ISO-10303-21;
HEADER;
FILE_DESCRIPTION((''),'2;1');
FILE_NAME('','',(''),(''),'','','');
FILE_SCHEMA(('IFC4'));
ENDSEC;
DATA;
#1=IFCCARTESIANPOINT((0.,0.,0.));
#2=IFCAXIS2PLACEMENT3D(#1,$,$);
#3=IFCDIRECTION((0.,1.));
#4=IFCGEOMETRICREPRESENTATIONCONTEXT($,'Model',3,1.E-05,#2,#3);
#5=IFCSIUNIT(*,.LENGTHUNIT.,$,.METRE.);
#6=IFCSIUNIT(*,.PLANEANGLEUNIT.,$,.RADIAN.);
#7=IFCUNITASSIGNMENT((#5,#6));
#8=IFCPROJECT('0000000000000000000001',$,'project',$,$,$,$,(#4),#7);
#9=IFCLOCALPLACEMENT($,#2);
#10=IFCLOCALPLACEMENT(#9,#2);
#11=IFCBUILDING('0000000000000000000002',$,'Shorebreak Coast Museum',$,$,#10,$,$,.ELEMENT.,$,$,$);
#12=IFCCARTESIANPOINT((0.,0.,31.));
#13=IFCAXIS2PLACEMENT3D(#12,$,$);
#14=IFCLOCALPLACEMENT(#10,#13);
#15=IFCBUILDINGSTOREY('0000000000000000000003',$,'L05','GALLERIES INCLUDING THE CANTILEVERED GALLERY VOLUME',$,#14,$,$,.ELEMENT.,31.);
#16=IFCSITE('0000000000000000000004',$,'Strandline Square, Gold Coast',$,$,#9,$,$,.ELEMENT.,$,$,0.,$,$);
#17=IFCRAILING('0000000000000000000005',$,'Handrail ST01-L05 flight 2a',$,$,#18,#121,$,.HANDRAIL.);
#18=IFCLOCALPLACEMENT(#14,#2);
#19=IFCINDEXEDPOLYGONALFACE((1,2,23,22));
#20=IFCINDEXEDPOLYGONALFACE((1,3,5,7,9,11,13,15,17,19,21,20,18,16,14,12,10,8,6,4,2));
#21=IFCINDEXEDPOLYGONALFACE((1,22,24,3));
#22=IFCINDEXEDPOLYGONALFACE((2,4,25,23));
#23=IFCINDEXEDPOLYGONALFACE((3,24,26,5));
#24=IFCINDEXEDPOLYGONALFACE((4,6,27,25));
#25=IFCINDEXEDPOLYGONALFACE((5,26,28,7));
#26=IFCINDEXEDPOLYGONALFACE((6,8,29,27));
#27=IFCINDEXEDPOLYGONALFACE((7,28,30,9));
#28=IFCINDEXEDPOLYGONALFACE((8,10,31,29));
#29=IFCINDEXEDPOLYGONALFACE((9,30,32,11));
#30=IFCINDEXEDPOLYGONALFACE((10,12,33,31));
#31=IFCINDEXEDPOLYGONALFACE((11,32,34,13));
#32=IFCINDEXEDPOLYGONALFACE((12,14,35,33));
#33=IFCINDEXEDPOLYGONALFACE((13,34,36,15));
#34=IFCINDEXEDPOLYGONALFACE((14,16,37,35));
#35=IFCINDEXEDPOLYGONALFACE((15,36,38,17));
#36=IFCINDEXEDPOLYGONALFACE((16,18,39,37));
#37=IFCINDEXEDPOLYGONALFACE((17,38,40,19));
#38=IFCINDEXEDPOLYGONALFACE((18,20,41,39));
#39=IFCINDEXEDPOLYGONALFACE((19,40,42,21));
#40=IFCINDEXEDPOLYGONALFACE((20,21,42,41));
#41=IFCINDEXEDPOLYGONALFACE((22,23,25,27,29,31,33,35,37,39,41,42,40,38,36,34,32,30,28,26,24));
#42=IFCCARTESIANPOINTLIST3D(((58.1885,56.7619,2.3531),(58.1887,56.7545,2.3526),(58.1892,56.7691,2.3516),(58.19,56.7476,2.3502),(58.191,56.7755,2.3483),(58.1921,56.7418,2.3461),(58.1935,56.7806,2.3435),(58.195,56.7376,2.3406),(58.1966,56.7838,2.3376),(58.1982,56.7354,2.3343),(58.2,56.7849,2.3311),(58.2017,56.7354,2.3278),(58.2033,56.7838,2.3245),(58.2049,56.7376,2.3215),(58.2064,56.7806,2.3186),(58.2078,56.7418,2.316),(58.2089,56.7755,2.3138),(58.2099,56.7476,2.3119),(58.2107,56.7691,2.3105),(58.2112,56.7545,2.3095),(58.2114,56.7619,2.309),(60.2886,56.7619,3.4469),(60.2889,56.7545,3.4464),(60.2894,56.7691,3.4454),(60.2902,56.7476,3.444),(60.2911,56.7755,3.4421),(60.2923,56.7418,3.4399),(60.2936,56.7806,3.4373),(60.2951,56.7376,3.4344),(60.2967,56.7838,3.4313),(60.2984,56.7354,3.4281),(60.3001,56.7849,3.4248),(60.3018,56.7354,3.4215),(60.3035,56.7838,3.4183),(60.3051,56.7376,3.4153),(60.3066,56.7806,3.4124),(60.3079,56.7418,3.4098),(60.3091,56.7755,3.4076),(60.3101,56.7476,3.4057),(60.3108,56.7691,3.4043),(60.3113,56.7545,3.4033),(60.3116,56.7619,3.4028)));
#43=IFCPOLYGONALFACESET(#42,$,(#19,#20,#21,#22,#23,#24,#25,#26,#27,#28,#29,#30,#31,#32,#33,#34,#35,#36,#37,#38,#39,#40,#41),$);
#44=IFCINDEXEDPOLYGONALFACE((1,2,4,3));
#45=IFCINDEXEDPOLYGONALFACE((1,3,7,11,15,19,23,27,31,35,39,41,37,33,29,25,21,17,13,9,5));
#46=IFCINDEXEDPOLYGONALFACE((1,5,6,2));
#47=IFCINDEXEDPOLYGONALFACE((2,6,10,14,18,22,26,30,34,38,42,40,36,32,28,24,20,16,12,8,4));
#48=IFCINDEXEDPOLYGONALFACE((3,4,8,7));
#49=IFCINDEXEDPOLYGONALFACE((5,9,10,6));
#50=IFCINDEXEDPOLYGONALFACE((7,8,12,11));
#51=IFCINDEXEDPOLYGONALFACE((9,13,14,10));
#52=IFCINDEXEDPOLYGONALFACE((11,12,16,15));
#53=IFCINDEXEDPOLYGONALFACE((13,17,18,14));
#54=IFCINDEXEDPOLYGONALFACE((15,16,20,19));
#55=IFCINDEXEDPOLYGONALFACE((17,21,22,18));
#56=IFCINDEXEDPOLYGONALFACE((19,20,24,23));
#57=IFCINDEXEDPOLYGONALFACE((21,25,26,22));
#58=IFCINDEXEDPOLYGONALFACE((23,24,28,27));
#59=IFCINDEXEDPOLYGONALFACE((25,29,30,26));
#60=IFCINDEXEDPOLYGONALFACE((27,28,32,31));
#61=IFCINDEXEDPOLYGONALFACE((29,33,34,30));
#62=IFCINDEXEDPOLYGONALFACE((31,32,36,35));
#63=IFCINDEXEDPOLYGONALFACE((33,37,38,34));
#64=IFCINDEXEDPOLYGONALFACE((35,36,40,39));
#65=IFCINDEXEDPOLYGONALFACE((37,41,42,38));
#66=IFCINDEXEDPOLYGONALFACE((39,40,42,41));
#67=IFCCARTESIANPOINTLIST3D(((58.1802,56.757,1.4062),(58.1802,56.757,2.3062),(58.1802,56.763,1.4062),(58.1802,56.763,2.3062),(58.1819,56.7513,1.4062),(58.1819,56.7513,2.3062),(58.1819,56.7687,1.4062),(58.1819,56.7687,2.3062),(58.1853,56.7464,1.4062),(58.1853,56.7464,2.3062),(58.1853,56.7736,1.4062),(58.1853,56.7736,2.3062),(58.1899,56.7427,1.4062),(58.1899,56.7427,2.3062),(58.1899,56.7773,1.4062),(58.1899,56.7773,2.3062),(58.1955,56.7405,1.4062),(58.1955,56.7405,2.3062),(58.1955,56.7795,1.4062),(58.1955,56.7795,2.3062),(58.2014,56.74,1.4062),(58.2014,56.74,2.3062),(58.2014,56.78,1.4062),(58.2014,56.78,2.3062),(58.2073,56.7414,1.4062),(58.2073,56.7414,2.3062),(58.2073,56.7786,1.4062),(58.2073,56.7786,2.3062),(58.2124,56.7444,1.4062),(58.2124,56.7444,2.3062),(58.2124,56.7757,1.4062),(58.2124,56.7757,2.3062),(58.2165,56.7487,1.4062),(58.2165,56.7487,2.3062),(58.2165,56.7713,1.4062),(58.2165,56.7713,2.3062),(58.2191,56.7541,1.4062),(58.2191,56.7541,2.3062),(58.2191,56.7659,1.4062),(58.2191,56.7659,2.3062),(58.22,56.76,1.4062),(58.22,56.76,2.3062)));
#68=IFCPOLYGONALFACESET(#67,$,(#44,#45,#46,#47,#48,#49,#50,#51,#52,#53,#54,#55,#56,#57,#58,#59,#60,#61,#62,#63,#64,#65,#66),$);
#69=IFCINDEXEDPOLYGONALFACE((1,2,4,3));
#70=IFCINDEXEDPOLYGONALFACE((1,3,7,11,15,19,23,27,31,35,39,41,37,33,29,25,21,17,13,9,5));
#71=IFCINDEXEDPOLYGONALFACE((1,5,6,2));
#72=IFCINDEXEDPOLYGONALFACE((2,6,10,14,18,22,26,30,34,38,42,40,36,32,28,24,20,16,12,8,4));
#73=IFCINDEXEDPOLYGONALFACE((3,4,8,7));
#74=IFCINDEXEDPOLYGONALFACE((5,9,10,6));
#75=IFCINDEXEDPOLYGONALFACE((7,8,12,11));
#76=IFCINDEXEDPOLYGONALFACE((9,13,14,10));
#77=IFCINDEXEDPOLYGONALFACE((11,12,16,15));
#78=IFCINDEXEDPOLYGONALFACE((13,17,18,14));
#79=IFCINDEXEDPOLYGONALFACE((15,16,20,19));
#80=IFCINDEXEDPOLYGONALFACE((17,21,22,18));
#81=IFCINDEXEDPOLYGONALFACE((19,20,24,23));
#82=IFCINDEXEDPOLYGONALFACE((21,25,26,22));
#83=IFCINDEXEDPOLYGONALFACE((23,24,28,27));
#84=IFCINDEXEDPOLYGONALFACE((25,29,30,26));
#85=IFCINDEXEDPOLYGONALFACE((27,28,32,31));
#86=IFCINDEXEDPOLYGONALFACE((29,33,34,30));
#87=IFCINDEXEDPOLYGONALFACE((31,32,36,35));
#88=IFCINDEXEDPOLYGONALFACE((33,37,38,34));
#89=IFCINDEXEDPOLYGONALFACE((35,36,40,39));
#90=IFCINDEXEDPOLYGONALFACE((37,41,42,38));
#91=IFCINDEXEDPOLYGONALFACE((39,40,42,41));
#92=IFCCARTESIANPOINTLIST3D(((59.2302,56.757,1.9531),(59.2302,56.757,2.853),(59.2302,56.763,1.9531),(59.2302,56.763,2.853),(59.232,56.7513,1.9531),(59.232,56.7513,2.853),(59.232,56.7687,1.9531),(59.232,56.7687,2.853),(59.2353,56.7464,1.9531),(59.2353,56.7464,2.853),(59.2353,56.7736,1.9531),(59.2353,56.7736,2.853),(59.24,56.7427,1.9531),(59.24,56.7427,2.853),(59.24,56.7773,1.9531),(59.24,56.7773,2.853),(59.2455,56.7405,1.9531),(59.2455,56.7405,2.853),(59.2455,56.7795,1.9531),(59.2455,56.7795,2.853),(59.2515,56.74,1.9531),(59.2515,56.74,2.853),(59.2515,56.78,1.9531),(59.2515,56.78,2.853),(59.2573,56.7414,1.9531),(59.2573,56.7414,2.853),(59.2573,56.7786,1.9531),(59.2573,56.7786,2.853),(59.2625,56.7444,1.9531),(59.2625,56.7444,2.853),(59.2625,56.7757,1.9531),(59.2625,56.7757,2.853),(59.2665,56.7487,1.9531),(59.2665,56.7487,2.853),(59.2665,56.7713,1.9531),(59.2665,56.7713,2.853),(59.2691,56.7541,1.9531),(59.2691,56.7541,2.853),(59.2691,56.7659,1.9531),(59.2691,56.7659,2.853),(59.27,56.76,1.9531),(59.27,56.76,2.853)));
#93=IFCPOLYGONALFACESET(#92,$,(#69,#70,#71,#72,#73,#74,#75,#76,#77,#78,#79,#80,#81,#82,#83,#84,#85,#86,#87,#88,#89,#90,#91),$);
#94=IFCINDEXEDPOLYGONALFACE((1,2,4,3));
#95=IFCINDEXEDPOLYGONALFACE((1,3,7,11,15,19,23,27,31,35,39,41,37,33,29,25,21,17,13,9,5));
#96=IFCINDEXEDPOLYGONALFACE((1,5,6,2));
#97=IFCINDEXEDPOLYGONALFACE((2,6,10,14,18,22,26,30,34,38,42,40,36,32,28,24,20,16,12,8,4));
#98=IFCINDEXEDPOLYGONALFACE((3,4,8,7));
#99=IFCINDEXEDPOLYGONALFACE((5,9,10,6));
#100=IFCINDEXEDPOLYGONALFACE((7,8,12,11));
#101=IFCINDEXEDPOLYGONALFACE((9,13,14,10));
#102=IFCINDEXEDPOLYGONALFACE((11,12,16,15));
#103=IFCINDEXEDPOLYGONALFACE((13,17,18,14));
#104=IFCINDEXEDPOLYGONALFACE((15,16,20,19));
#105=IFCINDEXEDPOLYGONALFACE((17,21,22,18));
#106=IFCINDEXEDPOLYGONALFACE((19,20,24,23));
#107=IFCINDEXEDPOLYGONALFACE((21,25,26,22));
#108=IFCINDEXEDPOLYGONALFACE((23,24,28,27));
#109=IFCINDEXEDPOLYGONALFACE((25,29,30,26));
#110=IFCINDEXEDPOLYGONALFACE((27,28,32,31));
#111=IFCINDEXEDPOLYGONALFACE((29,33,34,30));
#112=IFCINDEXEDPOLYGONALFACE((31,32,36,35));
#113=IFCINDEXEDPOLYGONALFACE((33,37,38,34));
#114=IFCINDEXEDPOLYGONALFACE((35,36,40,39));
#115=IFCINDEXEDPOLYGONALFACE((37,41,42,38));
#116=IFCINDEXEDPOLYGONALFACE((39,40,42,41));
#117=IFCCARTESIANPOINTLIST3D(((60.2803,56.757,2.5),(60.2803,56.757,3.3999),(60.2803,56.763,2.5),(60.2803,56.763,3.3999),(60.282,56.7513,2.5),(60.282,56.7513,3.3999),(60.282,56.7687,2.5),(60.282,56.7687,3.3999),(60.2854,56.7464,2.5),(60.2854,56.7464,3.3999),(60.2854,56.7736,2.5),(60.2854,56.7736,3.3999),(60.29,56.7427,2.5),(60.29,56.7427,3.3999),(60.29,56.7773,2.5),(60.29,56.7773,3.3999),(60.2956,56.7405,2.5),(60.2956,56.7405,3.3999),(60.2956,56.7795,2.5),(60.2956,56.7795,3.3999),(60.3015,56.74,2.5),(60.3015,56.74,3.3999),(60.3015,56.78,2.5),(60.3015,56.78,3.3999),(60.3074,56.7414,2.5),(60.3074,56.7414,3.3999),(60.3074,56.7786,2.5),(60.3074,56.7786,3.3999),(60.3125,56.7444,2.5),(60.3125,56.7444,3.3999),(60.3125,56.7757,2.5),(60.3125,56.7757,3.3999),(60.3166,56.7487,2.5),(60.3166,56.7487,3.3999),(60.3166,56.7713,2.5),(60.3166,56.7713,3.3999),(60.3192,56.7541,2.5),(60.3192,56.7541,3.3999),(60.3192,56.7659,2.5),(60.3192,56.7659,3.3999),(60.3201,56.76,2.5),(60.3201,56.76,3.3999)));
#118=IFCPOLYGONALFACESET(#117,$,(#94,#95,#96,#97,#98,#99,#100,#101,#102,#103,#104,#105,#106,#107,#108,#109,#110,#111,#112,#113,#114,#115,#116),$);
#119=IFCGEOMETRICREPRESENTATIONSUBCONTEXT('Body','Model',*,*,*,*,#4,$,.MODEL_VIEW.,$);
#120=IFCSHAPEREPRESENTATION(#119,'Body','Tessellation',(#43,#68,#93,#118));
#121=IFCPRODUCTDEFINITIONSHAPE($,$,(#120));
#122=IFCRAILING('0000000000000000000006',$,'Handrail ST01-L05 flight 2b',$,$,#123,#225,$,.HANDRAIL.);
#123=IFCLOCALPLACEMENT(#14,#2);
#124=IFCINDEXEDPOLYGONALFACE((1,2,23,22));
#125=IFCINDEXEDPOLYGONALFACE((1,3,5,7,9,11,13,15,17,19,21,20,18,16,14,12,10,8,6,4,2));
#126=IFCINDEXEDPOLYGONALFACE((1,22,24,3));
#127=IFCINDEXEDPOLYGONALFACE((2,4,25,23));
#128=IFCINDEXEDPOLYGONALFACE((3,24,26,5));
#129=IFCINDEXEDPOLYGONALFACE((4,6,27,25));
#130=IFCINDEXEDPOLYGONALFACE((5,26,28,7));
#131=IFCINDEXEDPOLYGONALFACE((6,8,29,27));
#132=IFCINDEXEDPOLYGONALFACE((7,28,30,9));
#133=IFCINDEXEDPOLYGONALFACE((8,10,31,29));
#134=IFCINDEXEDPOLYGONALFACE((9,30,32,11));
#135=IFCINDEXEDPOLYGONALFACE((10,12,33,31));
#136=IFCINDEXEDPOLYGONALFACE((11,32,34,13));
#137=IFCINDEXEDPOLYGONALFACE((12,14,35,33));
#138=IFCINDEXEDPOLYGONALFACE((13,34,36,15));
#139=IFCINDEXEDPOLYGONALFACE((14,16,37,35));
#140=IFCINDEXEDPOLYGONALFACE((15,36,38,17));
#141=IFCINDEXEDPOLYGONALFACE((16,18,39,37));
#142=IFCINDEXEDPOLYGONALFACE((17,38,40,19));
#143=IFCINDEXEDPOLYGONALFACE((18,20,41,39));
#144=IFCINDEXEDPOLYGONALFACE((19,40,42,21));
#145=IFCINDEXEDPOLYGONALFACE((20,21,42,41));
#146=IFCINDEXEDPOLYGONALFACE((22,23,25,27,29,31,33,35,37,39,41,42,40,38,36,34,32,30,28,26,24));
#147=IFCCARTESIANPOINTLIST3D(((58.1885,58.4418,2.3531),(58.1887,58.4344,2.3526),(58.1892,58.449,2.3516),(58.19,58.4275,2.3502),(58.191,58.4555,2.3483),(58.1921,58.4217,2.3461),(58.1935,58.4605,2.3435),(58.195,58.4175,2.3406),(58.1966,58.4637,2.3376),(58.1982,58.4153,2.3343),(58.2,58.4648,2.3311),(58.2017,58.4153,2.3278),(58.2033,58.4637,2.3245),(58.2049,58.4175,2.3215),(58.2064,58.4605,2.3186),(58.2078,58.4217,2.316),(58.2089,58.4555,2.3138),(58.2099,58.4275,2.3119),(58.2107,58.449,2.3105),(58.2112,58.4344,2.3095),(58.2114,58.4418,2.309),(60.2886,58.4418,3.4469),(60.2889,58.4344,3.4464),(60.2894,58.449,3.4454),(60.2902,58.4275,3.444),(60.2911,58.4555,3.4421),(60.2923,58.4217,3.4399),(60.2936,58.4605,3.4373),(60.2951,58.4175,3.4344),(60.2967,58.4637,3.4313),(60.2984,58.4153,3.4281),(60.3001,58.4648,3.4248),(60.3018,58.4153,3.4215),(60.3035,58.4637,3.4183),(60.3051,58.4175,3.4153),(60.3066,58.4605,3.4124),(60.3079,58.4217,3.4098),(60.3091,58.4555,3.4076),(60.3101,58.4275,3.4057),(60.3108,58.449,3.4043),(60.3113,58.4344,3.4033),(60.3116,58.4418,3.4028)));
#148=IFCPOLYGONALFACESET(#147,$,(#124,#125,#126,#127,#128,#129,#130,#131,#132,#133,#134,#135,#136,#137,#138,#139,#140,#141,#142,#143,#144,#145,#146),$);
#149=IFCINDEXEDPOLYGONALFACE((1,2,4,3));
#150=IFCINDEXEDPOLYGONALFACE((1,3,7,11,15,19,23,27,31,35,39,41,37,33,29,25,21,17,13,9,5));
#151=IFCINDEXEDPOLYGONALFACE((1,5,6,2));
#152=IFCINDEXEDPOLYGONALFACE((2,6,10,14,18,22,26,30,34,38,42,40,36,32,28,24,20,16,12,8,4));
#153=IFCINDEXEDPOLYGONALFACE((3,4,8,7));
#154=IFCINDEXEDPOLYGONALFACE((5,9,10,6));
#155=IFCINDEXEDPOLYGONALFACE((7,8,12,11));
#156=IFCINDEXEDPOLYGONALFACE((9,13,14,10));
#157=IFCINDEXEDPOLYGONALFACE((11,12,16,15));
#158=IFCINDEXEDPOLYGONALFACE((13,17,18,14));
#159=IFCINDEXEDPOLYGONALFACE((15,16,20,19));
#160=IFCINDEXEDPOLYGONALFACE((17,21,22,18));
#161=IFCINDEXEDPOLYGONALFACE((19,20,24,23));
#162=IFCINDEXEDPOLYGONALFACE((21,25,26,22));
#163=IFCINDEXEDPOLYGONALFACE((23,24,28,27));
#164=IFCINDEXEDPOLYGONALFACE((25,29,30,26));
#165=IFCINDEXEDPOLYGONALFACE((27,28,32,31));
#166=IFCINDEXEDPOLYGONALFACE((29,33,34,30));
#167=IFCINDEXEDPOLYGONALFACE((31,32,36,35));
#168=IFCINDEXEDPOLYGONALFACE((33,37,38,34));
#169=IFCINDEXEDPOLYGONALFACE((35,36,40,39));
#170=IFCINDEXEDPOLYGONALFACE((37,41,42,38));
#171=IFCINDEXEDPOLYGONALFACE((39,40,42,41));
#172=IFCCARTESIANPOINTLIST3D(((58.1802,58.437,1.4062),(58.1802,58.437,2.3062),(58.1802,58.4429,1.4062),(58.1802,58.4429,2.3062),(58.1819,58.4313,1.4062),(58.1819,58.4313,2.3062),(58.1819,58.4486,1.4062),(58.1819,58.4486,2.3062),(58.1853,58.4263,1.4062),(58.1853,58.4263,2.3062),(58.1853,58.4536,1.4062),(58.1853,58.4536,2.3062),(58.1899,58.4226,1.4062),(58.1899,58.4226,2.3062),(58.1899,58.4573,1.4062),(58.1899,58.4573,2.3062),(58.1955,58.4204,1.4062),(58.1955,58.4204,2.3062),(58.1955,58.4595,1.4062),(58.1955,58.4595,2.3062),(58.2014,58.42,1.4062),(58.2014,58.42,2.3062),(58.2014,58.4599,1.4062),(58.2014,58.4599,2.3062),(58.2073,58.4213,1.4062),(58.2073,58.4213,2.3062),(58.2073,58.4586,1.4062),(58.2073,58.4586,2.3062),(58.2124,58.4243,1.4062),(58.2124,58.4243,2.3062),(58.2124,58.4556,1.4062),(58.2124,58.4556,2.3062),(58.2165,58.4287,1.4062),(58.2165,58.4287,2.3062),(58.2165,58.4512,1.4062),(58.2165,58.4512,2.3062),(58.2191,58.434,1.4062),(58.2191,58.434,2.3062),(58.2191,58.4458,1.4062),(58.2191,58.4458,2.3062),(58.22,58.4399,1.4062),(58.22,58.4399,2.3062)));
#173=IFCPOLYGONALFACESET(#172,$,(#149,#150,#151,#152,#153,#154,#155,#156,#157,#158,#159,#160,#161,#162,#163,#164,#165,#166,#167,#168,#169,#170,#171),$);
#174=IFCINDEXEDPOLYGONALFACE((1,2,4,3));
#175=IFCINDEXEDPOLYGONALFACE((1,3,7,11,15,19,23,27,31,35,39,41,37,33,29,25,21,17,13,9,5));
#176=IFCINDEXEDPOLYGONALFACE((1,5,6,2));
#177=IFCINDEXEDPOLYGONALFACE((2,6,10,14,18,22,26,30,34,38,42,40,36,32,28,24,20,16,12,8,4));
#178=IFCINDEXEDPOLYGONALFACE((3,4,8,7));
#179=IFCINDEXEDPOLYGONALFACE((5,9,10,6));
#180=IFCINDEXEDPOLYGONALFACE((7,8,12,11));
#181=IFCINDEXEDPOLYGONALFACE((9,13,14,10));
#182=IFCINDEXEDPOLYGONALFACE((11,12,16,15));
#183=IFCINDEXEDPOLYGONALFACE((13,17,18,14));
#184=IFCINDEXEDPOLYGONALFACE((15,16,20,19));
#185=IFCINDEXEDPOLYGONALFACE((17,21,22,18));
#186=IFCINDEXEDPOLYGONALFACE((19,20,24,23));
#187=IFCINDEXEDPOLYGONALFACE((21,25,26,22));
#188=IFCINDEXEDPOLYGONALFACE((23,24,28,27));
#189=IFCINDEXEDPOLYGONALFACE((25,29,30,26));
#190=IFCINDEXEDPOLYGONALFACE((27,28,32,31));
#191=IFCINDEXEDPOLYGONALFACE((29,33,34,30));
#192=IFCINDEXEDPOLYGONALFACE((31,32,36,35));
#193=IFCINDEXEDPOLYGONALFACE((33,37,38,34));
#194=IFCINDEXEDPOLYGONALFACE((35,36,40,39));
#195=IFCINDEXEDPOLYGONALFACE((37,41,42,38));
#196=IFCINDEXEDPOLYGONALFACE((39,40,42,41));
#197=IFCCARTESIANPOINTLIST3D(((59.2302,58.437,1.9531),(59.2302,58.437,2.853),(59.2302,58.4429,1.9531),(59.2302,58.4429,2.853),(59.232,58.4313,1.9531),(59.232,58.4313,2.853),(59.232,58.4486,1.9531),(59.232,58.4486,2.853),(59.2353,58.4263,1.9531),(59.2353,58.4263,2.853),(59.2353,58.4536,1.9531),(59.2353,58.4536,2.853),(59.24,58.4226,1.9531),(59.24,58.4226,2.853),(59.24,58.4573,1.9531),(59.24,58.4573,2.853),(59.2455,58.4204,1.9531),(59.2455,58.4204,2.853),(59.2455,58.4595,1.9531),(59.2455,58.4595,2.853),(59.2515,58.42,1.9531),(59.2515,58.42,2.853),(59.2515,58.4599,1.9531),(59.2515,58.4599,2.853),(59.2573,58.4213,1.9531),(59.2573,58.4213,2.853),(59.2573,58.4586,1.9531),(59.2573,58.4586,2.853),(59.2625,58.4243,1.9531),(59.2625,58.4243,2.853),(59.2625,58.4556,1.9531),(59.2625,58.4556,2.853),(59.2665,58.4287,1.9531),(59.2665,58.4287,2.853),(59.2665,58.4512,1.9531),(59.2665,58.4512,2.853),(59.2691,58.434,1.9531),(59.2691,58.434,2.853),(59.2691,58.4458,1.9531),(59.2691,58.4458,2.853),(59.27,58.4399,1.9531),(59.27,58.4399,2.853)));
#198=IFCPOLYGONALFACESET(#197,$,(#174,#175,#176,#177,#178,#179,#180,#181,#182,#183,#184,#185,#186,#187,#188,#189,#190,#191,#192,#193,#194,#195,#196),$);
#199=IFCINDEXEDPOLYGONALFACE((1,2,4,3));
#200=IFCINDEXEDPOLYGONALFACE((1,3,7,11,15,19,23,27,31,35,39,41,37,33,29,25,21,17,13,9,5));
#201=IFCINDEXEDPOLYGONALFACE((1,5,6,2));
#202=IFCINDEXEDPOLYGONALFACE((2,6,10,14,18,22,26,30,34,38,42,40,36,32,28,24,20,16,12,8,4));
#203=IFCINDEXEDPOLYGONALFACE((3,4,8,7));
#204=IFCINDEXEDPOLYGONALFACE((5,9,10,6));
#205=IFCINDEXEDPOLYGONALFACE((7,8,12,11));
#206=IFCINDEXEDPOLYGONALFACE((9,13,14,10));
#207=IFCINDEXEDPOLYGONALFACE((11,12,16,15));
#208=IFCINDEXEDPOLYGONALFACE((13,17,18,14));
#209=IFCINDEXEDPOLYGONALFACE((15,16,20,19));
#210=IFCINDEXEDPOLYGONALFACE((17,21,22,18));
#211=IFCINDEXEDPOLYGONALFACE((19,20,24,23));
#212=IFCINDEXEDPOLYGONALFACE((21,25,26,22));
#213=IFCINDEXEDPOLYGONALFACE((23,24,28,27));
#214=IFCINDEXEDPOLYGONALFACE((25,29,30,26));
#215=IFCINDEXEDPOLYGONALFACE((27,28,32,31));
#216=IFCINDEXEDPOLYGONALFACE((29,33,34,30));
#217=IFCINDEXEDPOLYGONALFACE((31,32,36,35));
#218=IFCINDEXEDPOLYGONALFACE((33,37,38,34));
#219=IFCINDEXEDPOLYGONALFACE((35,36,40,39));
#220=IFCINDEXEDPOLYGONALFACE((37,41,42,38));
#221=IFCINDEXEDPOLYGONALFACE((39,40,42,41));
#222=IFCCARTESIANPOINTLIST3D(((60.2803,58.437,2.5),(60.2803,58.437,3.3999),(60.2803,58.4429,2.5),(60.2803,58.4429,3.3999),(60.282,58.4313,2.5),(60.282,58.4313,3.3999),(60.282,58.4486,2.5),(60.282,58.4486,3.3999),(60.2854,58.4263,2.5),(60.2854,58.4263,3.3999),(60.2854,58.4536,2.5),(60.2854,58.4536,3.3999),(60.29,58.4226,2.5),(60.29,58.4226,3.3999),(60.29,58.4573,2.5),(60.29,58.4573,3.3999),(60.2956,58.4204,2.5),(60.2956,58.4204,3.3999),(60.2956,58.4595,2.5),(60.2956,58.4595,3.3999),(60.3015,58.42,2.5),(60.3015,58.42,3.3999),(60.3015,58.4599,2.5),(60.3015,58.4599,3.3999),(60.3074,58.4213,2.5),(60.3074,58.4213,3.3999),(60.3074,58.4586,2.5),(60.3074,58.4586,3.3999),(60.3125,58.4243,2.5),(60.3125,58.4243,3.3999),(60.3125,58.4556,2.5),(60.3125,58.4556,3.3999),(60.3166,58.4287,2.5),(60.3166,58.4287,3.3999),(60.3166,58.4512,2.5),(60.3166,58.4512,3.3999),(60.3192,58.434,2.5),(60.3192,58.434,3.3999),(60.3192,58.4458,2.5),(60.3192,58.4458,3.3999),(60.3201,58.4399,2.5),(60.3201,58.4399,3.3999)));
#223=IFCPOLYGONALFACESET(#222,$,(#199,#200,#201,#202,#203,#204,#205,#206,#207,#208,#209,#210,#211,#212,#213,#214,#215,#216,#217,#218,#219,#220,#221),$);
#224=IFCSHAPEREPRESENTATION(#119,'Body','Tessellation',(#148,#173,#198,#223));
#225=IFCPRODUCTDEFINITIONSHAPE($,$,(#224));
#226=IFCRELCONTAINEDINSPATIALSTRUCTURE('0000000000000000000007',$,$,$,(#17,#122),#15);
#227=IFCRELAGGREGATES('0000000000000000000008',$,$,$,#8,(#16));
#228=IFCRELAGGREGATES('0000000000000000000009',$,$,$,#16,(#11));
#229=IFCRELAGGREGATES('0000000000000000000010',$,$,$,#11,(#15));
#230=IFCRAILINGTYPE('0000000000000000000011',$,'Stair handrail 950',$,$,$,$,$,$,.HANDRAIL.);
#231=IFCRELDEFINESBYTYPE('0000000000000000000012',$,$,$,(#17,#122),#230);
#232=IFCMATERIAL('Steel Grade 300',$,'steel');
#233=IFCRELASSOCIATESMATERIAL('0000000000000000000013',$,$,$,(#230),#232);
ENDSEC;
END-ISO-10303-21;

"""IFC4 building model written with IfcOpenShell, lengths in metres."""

from ifc_helpers import new_model, si_unit, direction, frame, origin, origin_2d, place, context, subcontext, project, spatial, circle, extrude, material, type_object, element, save


model = new_model("IFC4")

# Units and contexts
model_context = context("Model", 3, precision=1e-05, world=origin(), true_north=direction((0.0, 1.0)))
body_context = subcontext(model_context, "Body", "Model", "MODEL_VIEW")
ifc_project = project(units=[si_unit("LENGTHUNIT", "METRE"), si_unit("PLANEANGLEUNIT", "RADIAN")], contexts=[model_context])

# Site, building, storey
site_placement = place(None, origin())
site = spatial("IfcSite", under=ifc_project, at=site_placement, Name="Strandline Square, Gold Coast", CompositionType="ELEMENT", RefElevation=0.0)
building_placement = place(site_placement, origin())
building = spatial("IfcBuilding", under=site, at=building_placement, Name="Shorebreak Coast Museum", CompositionType="ELEMENT")
storey_placement = place(building_placement, frame((0.0, 0.0, 31.0)))
storey = spatial("IfcBuildingStorey", under=building, at=storey_placement, Name="L05", Description="GALLERIES INCLUDING THE CANTILEVERED GALLERY VOLUME", CompositionType="ELEMENT", Elevation=31.0)

# Railings
ifc_material_1 = material(Name="Steel Grade 300", Category="steel")
railing_type_1 = type_object("IfcRailingType", Name="Stair handrail 950", PredefinedType="HANDRAIL", material=ifc_material_1)
for number, where, name in (
    (1, (58.2, 56.76, 1.4062), "Handrail ST01-L05 flight 2a"),
    (2, (58.2, 58.4399, 1.4062), "Handrail ST01-L05 flight 2b"),
):
    element("IfcRailing", number, at=place(storey_placement, frame(where)), inside=storey, type_object=railing_type_1, Name=name, PredefinedType="HANDRAIL", context=body_context, shape_type="SweptSolid", body=[
        extrude(circle(Radius=0.0249, at=origin_2d()), frame((0.0, 0.0, 0.9248), z_axis=(0.886923, 0.0, 0.461918), x_axis=(0.0, 1.0, 0.0)), (0.0, 0.0, 1.0), 2.3679),
        extrude(circle(Radius=0.02, at=origin_2d()), origin(), (0.0, 0.0, 1.0), 0.8999),
        extrude(circle(Radius=0.02, at=origin_2d()), frame((1.05, 0.0, 0.5469)), (0.0, 0.0, 1.0), 0.8999),
        extrude(circle(Radius=0.02, at=origin_2d()), frame((2.1001, 0.0, 1.0938)), (0.0, 0.0, 1.0), 0.8999),
    ])

save(model, "model.ifc")
